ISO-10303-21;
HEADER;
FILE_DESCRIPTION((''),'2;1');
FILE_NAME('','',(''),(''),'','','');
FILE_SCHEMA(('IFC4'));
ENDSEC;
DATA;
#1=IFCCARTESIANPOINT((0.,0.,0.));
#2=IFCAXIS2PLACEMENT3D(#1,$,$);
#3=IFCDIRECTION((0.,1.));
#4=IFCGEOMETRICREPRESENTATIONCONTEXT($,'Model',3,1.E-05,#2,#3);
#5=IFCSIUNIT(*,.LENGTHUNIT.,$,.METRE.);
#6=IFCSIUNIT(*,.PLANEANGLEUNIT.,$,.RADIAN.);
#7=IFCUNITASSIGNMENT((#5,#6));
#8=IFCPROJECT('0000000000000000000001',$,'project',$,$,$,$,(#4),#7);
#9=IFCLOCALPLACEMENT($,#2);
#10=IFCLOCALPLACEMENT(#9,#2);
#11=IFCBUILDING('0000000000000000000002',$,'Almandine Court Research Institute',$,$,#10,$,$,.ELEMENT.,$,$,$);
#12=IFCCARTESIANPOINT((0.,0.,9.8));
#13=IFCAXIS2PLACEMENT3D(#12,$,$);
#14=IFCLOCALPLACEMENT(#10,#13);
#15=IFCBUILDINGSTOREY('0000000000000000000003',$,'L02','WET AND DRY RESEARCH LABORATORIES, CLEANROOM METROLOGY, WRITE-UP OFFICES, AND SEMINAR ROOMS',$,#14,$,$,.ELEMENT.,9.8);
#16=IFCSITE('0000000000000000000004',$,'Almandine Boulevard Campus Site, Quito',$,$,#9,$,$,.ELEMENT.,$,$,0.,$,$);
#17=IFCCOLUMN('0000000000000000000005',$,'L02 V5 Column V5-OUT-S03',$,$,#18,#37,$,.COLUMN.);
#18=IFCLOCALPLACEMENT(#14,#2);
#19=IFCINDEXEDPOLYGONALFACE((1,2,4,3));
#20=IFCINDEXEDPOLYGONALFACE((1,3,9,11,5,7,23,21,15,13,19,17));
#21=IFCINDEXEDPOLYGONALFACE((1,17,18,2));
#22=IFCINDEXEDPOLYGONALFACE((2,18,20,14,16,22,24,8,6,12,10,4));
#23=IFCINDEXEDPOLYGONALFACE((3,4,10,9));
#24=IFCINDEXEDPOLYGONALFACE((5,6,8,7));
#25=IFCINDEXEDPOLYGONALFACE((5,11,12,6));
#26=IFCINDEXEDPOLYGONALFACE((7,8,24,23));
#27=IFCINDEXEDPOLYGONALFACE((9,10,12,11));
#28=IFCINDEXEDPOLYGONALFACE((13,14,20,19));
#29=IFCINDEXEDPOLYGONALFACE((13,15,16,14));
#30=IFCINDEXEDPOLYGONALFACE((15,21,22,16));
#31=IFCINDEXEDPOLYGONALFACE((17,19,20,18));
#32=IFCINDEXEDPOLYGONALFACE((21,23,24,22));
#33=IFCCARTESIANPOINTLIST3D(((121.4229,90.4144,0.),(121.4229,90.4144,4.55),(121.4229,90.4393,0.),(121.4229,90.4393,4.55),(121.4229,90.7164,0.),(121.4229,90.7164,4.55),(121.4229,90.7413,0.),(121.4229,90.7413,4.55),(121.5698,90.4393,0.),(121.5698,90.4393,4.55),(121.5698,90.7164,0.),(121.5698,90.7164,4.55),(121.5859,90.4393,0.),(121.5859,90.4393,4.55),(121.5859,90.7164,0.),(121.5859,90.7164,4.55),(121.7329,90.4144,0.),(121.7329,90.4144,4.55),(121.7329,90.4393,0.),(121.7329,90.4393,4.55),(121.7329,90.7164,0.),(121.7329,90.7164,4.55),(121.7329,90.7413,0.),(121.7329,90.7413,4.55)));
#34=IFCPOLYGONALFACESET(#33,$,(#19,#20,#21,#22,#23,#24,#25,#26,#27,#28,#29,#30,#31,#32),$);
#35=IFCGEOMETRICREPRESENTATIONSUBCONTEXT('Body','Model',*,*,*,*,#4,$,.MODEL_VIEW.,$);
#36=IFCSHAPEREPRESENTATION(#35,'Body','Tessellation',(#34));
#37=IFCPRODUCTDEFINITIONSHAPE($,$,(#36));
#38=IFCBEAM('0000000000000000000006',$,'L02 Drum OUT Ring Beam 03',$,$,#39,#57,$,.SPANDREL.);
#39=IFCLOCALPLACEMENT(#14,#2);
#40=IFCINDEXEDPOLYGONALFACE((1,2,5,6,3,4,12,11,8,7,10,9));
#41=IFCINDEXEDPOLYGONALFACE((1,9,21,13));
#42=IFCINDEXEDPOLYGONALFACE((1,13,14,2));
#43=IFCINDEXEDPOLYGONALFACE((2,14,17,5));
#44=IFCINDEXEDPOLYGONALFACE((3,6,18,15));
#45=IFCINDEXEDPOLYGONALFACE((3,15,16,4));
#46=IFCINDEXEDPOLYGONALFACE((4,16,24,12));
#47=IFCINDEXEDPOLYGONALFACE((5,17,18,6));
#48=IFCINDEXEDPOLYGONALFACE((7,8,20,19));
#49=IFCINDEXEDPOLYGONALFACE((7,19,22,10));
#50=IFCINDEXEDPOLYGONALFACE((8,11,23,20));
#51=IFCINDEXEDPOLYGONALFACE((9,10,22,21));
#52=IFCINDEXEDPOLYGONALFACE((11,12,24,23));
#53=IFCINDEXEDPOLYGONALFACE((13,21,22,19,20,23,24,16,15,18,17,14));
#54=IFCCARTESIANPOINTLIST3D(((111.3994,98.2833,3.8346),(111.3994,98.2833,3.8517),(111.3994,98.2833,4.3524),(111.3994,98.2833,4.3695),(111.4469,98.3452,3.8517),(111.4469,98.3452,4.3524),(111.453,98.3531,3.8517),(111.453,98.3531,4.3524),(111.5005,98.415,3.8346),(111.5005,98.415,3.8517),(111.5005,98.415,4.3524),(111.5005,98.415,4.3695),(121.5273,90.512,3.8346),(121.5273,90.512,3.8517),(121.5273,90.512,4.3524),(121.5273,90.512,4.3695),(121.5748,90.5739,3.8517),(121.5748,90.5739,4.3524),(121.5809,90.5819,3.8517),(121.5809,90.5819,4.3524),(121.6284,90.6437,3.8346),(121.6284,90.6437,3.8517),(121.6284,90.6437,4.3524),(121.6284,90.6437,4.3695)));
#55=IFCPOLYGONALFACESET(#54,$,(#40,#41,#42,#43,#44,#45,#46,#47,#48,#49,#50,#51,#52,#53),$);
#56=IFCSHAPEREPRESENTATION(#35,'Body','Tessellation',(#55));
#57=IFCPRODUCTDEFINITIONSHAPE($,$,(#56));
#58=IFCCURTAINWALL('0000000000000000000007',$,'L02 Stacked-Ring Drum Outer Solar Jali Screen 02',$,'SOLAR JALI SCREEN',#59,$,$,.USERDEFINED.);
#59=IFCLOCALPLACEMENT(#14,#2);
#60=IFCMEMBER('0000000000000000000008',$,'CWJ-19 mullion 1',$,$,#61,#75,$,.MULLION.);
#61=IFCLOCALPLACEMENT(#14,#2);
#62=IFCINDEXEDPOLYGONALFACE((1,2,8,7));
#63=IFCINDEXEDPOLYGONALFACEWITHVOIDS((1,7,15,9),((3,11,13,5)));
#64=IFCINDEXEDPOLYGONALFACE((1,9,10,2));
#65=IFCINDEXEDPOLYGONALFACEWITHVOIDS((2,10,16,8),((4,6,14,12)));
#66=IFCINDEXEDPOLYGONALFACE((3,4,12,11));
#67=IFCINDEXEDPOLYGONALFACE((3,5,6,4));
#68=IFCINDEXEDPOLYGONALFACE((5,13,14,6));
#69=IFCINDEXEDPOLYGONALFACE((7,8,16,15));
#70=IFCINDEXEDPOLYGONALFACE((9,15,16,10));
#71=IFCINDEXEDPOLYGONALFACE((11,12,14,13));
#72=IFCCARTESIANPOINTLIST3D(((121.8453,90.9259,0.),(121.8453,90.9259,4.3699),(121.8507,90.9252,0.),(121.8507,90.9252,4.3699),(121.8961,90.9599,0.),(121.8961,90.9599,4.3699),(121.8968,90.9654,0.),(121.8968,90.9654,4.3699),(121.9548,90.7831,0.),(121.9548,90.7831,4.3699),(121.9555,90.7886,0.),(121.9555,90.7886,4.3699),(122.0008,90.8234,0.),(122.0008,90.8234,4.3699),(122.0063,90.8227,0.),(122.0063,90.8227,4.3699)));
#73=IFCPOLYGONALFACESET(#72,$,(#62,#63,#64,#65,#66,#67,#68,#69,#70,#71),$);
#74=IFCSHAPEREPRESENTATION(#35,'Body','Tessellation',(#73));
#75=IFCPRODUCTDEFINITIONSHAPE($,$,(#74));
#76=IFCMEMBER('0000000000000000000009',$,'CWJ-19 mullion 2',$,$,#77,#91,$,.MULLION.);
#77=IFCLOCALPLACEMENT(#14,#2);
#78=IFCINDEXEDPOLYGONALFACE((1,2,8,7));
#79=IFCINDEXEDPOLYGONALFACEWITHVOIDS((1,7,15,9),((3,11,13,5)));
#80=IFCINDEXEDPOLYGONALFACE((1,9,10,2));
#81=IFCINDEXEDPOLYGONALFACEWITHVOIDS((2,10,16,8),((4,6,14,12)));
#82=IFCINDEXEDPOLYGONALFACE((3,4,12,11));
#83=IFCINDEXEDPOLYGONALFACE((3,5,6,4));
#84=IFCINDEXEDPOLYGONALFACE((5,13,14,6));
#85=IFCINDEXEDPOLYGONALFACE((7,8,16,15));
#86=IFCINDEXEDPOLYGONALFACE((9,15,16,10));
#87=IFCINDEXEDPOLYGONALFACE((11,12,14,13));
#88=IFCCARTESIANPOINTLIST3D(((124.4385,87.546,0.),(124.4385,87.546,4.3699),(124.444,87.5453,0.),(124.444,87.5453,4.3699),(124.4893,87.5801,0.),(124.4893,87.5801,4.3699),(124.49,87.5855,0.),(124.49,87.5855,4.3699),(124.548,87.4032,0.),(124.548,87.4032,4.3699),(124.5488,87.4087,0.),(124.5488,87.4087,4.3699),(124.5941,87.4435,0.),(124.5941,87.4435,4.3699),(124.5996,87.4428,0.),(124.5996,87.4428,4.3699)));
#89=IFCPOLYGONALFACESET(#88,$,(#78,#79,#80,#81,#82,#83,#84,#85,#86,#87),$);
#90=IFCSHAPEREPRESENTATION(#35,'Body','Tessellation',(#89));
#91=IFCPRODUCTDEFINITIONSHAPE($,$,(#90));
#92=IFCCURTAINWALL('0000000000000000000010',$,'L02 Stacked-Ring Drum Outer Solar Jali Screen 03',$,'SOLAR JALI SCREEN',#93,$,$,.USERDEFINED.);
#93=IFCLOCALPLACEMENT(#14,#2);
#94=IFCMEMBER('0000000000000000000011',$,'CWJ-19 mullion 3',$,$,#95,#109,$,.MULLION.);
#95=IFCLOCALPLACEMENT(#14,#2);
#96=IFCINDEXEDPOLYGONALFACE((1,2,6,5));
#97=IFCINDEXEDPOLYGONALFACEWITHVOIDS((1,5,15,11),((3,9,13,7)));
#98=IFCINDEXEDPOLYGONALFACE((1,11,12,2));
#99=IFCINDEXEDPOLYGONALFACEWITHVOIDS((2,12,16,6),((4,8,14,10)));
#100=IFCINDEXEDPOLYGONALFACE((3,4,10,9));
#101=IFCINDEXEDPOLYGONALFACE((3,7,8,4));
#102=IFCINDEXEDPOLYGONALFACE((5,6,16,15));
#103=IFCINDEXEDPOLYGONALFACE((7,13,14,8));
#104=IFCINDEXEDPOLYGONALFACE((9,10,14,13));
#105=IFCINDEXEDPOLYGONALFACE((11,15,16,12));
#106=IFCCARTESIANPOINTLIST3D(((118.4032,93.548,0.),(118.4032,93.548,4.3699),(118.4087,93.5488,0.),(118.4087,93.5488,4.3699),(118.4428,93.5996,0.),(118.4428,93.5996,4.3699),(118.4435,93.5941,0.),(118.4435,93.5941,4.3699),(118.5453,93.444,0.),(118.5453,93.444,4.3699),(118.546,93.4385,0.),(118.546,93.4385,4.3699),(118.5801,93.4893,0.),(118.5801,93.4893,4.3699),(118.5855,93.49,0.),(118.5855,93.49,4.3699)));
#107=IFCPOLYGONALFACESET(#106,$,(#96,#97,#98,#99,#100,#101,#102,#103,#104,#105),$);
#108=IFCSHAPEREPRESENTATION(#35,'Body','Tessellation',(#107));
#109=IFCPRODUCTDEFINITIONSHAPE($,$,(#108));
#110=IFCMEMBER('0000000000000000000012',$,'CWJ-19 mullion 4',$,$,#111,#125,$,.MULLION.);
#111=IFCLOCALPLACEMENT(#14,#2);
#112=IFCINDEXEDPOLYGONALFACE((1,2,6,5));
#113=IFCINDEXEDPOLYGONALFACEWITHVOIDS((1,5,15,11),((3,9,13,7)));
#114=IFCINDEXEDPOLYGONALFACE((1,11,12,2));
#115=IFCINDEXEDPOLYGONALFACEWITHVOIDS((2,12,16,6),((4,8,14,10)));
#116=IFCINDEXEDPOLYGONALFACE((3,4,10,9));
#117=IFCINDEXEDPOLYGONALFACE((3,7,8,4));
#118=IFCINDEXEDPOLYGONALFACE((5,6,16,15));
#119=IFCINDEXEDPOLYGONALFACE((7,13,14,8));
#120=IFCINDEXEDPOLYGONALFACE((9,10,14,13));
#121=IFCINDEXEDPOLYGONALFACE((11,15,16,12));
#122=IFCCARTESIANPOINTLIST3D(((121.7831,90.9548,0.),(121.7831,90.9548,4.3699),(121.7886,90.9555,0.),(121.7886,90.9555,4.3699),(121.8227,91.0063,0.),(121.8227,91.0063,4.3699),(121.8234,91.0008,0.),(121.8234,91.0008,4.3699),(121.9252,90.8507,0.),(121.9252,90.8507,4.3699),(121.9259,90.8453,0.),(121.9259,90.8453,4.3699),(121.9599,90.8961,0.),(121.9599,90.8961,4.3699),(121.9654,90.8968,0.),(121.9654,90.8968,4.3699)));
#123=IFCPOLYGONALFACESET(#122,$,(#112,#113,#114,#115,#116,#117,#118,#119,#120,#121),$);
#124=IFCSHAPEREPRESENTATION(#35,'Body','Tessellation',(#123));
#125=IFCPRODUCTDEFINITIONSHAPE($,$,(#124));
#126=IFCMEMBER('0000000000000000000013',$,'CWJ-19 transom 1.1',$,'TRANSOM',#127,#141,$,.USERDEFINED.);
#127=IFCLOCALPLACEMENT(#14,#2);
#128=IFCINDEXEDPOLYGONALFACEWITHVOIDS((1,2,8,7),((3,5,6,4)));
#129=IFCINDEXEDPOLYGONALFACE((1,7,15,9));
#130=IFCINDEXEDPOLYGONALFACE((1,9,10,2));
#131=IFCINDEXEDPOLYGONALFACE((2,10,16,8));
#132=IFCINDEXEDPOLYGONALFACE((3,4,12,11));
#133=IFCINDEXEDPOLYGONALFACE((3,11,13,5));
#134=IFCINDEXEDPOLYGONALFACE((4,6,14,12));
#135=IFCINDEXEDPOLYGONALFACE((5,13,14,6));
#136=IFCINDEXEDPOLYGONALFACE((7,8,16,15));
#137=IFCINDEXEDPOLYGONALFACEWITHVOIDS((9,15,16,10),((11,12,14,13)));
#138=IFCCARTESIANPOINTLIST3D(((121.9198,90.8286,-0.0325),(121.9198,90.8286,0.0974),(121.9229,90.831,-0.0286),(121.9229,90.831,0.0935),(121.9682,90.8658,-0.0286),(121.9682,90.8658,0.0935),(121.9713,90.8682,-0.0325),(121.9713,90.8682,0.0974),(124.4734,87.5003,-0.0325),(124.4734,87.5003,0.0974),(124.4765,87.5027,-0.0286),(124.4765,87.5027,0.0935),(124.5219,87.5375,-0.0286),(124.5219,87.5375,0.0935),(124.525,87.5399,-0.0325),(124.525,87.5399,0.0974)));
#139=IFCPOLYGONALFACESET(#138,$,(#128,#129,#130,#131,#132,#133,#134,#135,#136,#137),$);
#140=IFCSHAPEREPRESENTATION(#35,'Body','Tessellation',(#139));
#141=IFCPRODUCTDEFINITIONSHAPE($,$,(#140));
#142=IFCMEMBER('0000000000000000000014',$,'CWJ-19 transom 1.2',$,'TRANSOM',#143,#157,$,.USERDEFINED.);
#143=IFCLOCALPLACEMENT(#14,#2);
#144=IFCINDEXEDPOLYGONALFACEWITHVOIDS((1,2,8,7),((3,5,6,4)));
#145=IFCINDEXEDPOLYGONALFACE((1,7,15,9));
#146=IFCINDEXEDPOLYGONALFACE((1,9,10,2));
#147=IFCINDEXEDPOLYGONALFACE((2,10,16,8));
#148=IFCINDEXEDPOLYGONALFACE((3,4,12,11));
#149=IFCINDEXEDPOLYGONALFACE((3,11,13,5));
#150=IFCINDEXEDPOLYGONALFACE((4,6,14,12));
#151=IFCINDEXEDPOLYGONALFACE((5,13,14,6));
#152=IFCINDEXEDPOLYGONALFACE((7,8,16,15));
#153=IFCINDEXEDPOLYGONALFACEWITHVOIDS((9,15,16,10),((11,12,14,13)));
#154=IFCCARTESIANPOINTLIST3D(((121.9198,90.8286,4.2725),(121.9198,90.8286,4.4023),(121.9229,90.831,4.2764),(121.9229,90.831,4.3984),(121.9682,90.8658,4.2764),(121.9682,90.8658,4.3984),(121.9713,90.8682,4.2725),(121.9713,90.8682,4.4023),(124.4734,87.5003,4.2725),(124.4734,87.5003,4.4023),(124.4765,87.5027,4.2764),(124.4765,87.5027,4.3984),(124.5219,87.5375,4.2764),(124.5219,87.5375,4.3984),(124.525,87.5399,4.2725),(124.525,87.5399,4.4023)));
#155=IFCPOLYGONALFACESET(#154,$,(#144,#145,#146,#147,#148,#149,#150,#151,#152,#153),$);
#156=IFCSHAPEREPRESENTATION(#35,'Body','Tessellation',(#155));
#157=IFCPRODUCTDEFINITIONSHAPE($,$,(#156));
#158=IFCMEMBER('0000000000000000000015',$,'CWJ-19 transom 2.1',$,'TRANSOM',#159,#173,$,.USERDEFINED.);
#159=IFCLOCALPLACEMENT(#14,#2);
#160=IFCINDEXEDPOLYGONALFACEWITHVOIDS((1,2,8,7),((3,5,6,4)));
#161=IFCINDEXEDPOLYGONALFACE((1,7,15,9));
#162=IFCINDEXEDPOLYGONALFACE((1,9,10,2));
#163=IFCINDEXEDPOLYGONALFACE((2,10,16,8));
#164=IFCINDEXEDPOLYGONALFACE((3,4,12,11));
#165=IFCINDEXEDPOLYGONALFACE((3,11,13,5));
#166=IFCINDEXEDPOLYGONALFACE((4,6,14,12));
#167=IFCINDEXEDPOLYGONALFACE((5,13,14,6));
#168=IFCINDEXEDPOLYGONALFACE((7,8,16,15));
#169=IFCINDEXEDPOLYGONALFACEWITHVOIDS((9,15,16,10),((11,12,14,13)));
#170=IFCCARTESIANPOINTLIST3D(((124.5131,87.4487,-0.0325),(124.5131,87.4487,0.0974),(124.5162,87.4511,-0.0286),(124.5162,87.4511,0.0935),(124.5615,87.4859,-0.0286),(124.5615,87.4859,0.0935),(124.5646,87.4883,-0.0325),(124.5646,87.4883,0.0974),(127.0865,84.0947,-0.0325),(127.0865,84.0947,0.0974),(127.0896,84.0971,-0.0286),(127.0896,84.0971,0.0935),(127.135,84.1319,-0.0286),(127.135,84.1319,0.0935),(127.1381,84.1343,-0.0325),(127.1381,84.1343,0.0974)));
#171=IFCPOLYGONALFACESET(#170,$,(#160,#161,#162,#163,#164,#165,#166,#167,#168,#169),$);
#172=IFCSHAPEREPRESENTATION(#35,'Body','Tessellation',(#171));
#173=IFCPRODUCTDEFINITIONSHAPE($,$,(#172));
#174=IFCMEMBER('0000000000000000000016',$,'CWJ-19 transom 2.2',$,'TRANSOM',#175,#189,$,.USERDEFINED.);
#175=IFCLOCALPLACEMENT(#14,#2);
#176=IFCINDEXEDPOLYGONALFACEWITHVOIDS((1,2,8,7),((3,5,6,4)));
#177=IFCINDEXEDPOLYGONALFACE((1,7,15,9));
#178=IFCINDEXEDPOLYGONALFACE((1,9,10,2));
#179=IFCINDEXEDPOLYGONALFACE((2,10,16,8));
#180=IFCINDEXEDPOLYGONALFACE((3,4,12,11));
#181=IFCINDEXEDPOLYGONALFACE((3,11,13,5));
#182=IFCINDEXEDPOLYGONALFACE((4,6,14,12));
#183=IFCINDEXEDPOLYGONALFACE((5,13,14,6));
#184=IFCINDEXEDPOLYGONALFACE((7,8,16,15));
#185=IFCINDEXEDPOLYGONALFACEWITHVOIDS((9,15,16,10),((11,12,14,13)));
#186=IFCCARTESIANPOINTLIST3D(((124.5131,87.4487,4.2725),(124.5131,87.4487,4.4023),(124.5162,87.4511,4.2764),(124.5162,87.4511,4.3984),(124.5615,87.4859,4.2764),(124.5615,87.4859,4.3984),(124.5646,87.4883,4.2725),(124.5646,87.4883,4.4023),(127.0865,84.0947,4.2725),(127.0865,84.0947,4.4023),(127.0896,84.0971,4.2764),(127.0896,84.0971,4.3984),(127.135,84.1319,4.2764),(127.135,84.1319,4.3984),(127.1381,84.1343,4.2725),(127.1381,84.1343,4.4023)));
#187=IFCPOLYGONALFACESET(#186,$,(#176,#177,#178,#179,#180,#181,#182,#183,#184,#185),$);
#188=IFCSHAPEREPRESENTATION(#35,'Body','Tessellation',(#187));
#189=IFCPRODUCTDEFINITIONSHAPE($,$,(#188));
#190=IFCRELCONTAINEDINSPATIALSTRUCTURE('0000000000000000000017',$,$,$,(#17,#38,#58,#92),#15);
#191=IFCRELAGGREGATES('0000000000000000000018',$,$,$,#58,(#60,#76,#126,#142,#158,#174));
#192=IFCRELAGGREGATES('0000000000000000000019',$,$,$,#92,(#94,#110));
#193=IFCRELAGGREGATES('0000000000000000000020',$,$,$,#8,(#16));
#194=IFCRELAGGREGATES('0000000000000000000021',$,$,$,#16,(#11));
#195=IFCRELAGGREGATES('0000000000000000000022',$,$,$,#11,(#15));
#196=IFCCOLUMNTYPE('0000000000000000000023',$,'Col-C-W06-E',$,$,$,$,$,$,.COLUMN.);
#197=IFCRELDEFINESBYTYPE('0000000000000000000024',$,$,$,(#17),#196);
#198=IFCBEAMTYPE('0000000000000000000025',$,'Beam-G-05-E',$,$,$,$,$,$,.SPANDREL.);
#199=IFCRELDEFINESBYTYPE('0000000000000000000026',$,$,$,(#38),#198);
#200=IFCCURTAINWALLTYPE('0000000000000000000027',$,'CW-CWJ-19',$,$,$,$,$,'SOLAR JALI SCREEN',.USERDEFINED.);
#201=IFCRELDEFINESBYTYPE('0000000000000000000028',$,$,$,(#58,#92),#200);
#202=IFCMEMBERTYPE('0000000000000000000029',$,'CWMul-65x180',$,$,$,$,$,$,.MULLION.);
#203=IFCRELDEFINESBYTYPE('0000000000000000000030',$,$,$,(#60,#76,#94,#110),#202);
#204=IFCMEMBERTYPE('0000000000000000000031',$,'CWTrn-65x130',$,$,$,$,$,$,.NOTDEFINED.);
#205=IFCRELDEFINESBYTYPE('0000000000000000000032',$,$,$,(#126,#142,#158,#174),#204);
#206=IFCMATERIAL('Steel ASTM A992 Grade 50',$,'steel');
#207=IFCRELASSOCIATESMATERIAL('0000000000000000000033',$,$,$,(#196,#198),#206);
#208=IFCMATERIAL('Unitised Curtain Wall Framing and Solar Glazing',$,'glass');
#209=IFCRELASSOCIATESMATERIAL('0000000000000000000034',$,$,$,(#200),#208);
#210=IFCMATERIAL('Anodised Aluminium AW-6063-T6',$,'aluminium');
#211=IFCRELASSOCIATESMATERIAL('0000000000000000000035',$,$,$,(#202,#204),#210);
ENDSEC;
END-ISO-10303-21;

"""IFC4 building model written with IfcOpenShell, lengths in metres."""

from ifc_helpers import new_model, si_unit, direction, frame, origin, origin_2d, place, context, subcontext, project, spatial, hollow_rectangle, i_section, extrude, material, material_profile, profile_set, type_object, element, aggregate, save


model = new_model("IFC4")

# Units and contexts
model_context = context("Model", 3, precision=1e-05, world=origin(), true_north=direction((0.0, 1.0)))
body_context = subcontext(model_context, "Body", "Model", "MODEL_VIEW")
ifc_project = project(units=[si_unit("LENGTHUNIT", "METRE"), si_unit("PLANEANGLEUNIT", "RADIAN")], contexts=[model_context])

# Site, building, storey
site_placement = place(None, origin())
site = spatial("IfcSite", under=ifc_project, at=site_placement, Name="Almandine Boulevard Campus Site, Quito", CompositionType="ELEMENT", RefElevation=0.0)
building_placement = place(site_placement, origin())
building = spatial("IfcBuilding", under=site, at=building_placement, Name="Almandine Court Research Institute", CompositionType="ELEMENT")
storey_placement = place(building_placement, frame((0.0, 0.0, 9.8)))
storey = spatial("IfcBuildingStorey", under=building, at=storey_placement, Name="L02", Description="WET AND DRY RESEARCH LABORATORIES, CLEANROOM METROLOGY, WRITE-UP OFFICES, AND SEMINAR ROOMS", CompositionType="ELEMENT", Elevation=9.8)

# Column
ifc_material_1 = material(Name="Steel ASTM A992 Grade 50", Category="steel")
ifc_material_profile_1 = material_profile(ifc_material_1, i_section(OverallWidth=0.3101, OverallDepth=0.3269, WebThickness=0.0161, FlangeThickness=0.0249, at=origin_2d()), Name="W310x158")
ifc_profile_set_1 = profile_set([ifc_material_profile_1], Name="Steel ASTM A992 Grade 50")
column_type = type_object("IfcColumnType", Name="Col-C-W06-E", PredefinedType="COLUMN", material=ifc_profile_set_1)
column_placement = place(storey_placement, frame((121.5779, 90.5779, 0.0), z_axis=(0.0, 0.0, 1.0), x_axis=(1.0, 0.0, 0.0)))
element("IfcColumn", 1, at=column_placement, inside=storey, type_object=column_type, Name="L02 V5 Column V5-OUT-S03", PredefinedType="COLUMN", context=body_context, shape_type="SweptSolid", body=[
    extrude(i_section(OverallWidth=0.3101, OverallDepth=0.3269, WebThickness=0.0161, FlangeThickness=0.0249, at=origin_2d()), origin(), (0.0, 0.0, 1.0), 4.55),
])

# Beam
ifc_material_profile_2 = material_profile(ifc_material_1, i_section(OverallWidth=0.166, OverallDepth=0.5349, WebThickness=0.01, FlangeThickness=0.0171, at=origin_2d()), Name="W530x85")
ifc_profile_set_2 = profile_set([ifc_material_profile_2], Name="Steel ASTM A992 Grade 50")
beam_type = type_object("IfcBeamType", Name="Beam-G-05-E", PredefinedType="SPANDREL", material=ifc_profile_set_2)
beam_placement = place(storey_placement, frame((121.5779, 90.5779, 4.1021), z_axis=(-0.793361, 0.608752, 0.0), x_axis=(-0.608752, -0.793361, 0.0)))
element("IfcBeam", 2, at=beam_placement, inside=storey, type_object=beam_type, Name="L02 Drum OUT Ring Beam 03", PredefinedType="SPANDREL", context=body_context, shape_type="SweptSolid", body=[
    extrude(i_section(OverallWidth=0.166, OverallDepth=0.5349, WebThickness=0.01, FlangeThickness=0.0171, at=origin_2d()), origin(), (0.0, 0.0, 1.0), 12.7659),
])

# Curtain walls, members
ifc_material_2 = material(Name="Unitised Curtain Wall Framing and Solar Glazing", Category="glass")
curtain_wall_type = type_object("IfcCurtainWallType", Name="CW-CWJ-19", ElementType="SOLAR JALI SCREEN", PredefinedType="USERDEFINED", material=ifc_material_2)
curtain_wall_1_placement = place(storey_placement, origin())
curtain_wall_1 = element("IfcCurtainWall", 3, at=curtain_wall_1_placement, inside=storey, type_object=curtain_wall_type, Name="L02 Stacked-Ring Drum Outer Solar Jali Screen 02", ObjectType="SOLAR JALI SCREEN", PredefinedType="USERDEFINED")
ifc_material_3 = material(Name="Anodised Aluminium AW-6063-T6", Category="aluminium")
ifc_material_profile_3 = material_profile(ifc_material_3, hollow_rectangle(XDim=0.0649, YDim=0.1799, WallThickness=0.0039, at=origin_2d()), Name="ALU RHS 65x180x4")
ifc_profile_set_3 = profile_set([ifc_material_profile_3], Name="Anodised Aluminium AW-6063-T6")
member_type_1 = type_object("IfcMemberType", Name="CWMul-65x180", PredefinedType="MULLION", material=ifc_profile_set_3)
member_1_placement = place(storey_placement, frame((121.9258, 90.8743, 0.0), z_axis=(0.0, 0.0, 1.0), x_axis=(0.793383, 0.608723, 0.0)))
member_1 = element("IfcMember", 4, at=member_1_placement, type_object=member_type_1, Name="CWJ-19 mullion 1", PredefinedType="MULLION", context=body_context, shape_type="SweptSolid", body=[
    extrude(hollow_rectangle(XDim=0.0649, YDim=0.1799, WallThickness=0.0039, at=origin_2d()), origin(), (0.0, 0.0, 1.0), 4.3699),
])
member_2_placement = place(storey_placement, frame((124.519, 87.4944, 0.0), z_axis=(0.0, 0.0, 1.0), x_axis=(0.793383, 0.608723, 0.0)))
member_2 = element("IfcMember", 5, at=member_2_placement, type_object=member_type_1, Name="CWJ-19 mullion 2", PredefinedType="MULLION", context=body_context, shape_type="SweptSolid", body=[
    extrude(hollow_rectangle(XDim=0.0649, YDim=0.1799, WallThickness=0.0039, at=origin_2d()), origin(), (0.0, 0.0, 1.0), 4.3699),
])
curtain_wall_2_placement = place(storey_placement, origin())
curtain_wall_2 = element("IfcCurtainWall", 6, at=curtain_wall_2_placement, inside=storey, type_object=curtain_wall_type, Name="L02 Stacked-Ring Drum Outer Solar Jali Screen 03", ObjectType="SOLAR JALI SCREEN", PredefinedType="USERDEFINED")
member_3_placement = place(storey_placement, frame((118.4944, 93.519, 0.0), z_axis=(0.0, 0.0, 1.0), x_axis=(0.608723, 0.793383, 0.0)))
member_3 = element("IfcMember", 7, at=member_3_placement, type_object=member_type_1, Name="CWJ-19 mullion 3", PredefinedType="MULLION", context=body_context, shape_type="SweptSolid", body=[
    extrude(hollow_rectangle(XDim=0.0649, YDim=0.1799, WallThickness=0.0039, at=origin_2d()), origin(), (0.0, 0.0, 1.0), 4.3699),
])
member_4_placement = place(storey_placement, frame((121.8743, 90.9258, 0.0), z_axis=(0.0, 0.0, 1.0), x_axis=(0.608723, 0.793383, 0.0)))
member_4 = element("IfcMember", 8, at=member_4_placement, type_object=member_type_1, Name="CWJ-19 mullion 4", PredefinedType="MULLION", context=body_context, shape_type="SweptSolid", body=[
    extrude(hollow_rectangle(XDim=0.0649, YDim=0.1799, WallThickness=0.0039, at=origin_2d()), origin(), (0.0, 0.0, 1.0), 4.3699),
])

# Members
ifc_material_profile_4 = material_profile(ifc_material_3, hollow_rectangle(XDim=0.0649, YDim=0.1299, WallThickness=0.0039, at=origin_2d()), Name="ALU RHS 65x130x4")
ifc_profile_set_4 = profile_set([ifc_material_profile_4], Name="Anodised Aluminium AW-6063-T6")
member_type_2 = type_object("IfcMemberType", Name="CWTrn-65x130", PredefinedType="NOTDEFINED", material=ifc_profile_set_4)
member_5_placement = place(storey_placement, frame((121.9456, 90.8484, 0.0325), z_axis=(0.608726, -0.793381, 0.0), x_axis=(0.793381, 0.608726, 0.0)))
member_5 = element("IfcMember", 9, at=member_5_placement, type_object=member_type_2, Name="CWJ-19 transom 1.1", ObjectType="TRANSOM", PredefinedType="USERDEFINED", context=body_context, shape_type="SweptSolid", body=[
    extrude(hollow_rectangle(XDim=0.0649, YDim=0.1299, WallThickness=0.0039, at=origin_2d()), origin(), (0.0, 0.0, 1.0), 4.1951),
])
member_6_placement = place(storey_placement, frame((121.9456, 90.8484, 4.3374), z_axis=(0.608726, -0.793381, 0.0), x_axis=(0.793381, 0.608726, 0.0)))
member_6 = element("IfcMember", 10, at=member_6_placement, type_object=member_type_2, Name="CWJ-19 transom 1.2", ObjectType="TRANSOM", PredefinedType="USERDEFINED", context=body_context, shape_type="SweptSolid", body=[
    extrude(hollow_rectangle(XDim=0.0649, YDim=0.1299, WallThickness=0.0039, at=origin_2d()), origin(), (0.0, 0.0, 1.0), 4.1951),
])
member_7_placement = place(storey_placement, frame((124.5388, 87.4685, 0.0325), z_axis=(0.608742, -0.793368, 0.0), x_axis=(0.793368, 0.608742, 0.0)))
member_7 = element("IfcMember", 11, at=member_7_placement, type_object=member_type_2, Name="CWJ-19 transom 2.1", ObjectType="TRANSOM", PredefinedType="USERDEFINED", context=body_context, shape_type="SweptSolid", body=[
    extrude(hollow_rectangle(XDim=0.0649, YDim=0.1299, WallThickness=0.0039, at=origin_2d()), origin(), (0.0, 0.0, 1.0), 4.2275),
])
member_8_placement = place(storey_placement, frame((124.5388, 87.4685, 4.3374), z_axis=(0.608742, -0.793368, 0.0), x_axis=(0.793368, 0.608742, 0.0)))
member_8 = element("IfcMember", 12, at=member_8_placement, type_object=member_type_2, Name="CWJ-19 transom 2.2", ObjectType="TRANSOM", PredefinedType="USERDEFINED", context=body_context, shape_type="SweptSolid", body=[
    extrude(hollow_rectangle(XDim=0.0649, YDim=0.1299, WallThickness=0.0039, at=origin_2d()), origin(), (0.0, 0.0, 1.0), 4.2275),
])

aggregate(curtain_wall_1, [member_1, member_2, member_5, member_6, member_7, member_8])
aggregate(curtain_wall_2, [member_3, member_4])

save(model, "model.ifc")
